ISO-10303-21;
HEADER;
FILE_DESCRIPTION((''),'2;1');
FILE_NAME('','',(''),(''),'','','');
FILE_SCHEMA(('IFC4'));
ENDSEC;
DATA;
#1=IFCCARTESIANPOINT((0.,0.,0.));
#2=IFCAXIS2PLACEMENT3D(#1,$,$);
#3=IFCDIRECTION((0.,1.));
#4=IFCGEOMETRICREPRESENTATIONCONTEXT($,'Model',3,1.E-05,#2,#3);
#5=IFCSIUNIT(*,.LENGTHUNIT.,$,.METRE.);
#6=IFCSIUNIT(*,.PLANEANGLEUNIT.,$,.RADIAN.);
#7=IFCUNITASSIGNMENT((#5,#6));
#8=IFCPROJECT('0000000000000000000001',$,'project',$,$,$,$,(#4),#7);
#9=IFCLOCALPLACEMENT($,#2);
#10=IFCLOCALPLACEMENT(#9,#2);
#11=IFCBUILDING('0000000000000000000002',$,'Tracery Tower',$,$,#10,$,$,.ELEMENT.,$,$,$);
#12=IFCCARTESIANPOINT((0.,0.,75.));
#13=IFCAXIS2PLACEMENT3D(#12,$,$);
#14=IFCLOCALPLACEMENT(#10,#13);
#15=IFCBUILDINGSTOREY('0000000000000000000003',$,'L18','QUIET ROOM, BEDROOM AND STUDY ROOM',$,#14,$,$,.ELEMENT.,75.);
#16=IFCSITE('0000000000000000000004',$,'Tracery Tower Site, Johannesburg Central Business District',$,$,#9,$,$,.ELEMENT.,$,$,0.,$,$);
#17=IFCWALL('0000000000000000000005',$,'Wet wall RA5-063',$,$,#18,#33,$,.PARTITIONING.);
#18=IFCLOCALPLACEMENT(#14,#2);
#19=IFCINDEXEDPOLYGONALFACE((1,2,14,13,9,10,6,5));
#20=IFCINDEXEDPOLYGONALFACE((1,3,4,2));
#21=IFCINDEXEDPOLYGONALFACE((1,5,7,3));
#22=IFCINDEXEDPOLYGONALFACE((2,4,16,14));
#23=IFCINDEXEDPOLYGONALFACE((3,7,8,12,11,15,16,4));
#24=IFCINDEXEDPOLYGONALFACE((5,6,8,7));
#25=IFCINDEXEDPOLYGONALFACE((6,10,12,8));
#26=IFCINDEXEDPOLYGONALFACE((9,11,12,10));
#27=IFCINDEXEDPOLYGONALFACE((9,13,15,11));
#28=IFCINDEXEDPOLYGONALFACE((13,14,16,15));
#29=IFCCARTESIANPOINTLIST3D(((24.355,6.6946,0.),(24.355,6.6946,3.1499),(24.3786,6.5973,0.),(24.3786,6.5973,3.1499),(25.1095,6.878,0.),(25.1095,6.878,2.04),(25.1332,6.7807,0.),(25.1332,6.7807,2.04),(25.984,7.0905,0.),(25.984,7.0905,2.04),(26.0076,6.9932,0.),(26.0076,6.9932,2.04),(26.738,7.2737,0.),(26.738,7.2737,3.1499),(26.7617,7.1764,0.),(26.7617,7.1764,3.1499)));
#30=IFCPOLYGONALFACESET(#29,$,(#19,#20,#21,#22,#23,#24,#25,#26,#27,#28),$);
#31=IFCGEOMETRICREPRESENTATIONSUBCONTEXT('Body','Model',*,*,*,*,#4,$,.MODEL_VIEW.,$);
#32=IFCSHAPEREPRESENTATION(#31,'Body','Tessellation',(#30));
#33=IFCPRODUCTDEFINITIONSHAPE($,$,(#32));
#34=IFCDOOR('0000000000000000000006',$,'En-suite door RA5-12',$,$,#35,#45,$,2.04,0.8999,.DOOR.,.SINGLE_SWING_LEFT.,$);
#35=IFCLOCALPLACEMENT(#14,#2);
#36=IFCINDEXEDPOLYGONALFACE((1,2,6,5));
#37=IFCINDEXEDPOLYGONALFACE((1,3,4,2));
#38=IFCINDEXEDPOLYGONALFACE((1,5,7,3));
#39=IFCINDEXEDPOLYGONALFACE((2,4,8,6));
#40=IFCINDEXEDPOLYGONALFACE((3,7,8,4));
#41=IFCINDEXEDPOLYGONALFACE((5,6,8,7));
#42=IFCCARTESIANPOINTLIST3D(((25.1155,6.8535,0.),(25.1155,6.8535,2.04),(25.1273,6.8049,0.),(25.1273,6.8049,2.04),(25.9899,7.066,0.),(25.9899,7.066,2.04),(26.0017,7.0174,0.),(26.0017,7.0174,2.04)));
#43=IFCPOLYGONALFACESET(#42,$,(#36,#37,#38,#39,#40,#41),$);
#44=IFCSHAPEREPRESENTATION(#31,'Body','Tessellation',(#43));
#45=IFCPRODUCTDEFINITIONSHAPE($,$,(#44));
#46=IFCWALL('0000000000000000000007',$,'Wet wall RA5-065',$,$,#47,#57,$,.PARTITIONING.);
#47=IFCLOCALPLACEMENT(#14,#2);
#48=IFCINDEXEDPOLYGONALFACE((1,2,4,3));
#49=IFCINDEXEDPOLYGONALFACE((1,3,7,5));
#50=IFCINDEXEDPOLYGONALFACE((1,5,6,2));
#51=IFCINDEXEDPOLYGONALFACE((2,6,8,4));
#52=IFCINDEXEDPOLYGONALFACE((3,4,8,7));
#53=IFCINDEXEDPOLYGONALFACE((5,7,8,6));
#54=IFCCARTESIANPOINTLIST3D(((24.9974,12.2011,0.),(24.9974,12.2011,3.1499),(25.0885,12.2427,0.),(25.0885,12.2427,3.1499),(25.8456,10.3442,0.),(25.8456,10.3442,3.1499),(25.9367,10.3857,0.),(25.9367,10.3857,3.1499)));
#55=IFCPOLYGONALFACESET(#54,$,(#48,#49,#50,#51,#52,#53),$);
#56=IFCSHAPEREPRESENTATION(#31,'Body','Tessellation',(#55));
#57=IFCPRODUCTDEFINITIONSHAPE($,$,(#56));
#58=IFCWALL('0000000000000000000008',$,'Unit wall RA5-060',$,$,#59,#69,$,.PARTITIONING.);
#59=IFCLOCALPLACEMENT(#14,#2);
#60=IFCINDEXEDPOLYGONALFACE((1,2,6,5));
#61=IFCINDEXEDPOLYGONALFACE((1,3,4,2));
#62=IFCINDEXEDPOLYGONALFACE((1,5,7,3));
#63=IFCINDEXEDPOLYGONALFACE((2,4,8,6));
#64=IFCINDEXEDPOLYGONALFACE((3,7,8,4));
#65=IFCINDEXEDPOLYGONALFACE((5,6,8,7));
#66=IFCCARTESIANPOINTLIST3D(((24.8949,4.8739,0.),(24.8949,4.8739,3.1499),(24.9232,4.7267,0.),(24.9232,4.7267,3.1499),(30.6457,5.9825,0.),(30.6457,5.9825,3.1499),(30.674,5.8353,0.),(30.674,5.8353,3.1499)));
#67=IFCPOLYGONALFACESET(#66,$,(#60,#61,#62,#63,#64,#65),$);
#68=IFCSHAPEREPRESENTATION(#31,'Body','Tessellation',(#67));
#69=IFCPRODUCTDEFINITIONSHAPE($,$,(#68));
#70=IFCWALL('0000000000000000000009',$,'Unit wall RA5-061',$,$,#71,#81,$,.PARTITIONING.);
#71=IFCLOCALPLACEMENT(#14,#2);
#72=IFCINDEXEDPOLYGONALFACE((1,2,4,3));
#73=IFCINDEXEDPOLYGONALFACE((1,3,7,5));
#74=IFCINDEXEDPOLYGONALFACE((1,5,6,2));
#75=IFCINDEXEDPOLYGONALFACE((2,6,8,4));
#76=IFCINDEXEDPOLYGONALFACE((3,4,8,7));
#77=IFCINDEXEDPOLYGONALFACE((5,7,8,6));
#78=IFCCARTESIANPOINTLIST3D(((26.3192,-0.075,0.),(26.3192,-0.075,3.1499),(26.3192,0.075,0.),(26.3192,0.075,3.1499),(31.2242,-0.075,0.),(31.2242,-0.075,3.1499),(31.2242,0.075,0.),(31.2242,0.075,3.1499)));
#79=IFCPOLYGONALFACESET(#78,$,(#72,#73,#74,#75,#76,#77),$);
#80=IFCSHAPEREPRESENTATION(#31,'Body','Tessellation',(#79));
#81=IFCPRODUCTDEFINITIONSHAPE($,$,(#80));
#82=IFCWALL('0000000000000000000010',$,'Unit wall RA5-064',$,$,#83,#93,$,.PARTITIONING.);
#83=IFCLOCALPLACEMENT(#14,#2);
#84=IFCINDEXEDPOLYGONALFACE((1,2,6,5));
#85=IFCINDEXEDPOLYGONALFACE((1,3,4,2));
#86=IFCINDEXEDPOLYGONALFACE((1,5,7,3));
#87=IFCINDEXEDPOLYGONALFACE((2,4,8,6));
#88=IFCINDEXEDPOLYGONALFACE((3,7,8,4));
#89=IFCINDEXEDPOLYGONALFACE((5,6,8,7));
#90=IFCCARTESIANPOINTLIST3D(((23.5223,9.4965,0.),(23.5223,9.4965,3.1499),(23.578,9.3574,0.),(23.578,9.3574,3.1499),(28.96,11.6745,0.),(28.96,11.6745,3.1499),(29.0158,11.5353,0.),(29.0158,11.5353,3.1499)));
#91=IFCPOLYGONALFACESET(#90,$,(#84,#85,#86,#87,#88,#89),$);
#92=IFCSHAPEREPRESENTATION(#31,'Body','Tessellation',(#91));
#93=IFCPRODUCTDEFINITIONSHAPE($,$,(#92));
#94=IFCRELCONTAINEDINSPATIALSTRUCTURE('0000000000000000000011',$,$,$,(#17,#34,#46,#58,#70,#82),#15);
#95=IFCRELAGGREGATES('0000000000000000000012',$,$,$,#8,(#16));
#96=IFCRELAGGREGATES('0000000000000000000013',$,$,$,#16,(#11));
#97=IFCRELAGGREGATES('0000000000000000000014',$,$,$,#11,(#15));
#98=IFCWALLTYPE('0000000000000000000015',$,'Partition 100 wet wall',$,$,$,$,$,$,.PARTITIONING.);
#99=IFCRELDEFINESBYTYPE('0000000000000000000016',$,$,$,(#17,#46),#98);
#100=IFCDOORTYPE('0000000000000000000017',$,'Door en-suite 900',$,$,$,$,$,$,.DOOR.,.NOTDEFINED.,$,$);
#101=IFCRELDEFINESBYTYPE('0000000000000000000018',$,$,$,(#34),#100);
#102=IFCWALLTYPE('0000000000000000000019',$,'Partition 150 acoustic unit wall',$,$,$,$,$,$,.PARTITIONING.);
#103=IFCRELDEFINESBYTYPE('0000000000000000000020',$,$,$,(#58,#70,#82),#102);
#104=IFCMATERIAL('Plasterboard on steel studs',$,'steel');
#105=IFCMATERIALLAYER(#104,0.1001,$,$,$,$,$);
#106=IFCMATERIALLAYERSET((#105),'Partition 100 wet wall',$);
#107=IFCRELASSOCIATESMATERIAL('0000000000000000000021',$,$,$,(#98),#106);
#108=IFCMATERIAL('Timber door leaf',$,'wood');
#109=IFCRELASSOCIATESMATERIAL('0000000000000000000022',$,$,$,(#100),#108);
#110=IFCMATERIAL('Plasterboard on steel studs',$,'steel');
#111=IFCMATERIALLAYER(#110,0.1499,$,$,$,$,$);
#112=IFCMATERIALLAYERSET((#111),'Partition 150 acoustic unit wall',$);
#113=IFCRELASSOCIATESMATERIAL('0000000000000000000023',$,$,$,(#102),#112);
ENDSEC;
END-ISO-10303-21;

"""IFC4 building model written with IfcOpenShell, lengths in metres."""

from ifc_helpers import new_model, si_unit, direction, frame, frame_2d, origin, place, context, subcontext, project, spatial, rectangle, extrude, material, layer, layer_set, type_object, element, fill, save


model = new_model("IFC4")

# Units and contexts
model_context = context("Model", 3, precision=1e-05, world=origin(), true_north=direction((0.0, 1.0)))
body_context = subcontext(model_context, "Body", "Model", "MODEL_VIEW")
ifc_project = project(units=[si_unit("LENGTHUNIT", "METRE"), si_unit("PLANEANGLEUNIT", "RADIAN")], contexts=[model_context])

# Site, building, storey
site_placement = place(None, origin())
site = spatial("IfcSite", under=ifc_project, at=site_placement, Name="Tracery Tower Site, Johannesburg Central Business District", CompositionType="ELEMENT", RefElevation=0.0)
building_placement = place(site_placement, origin())
building = spatial("IfcBuilding", under=site, at=building_placement, Name="Tracery Tower", CompositionType="ELEMENT")
storey_placement = place(building_placement, frame((0.0, 0.0, 75.0)))
storey = spatial("IfcBuildingStorey", under=building, at=storey_placement, Name="L18", Description="QUIET ROOM, BEDROOM AND STUDY ROOM", CompositionType="ELEMENT", Elevation=75.0)

# Shared definitions
ifc_material_1 = material(Name="Plasterboard on steel studs", Category="steel")
ifc_layer_1 = layer(ifc_material_1, 0.1001)
ifc_layer_set_1 = layer_set([ifc_layer_1], Name="Partition 100 wet wall")
wall_type_1 = type_object("IfcWallType", Name="Partition 100 wet wall", PredefinedType="PARTITIONING", material=ifc_layer_set_1)

# Shared definitions
ifc_material_2 = material(Name="Timber door leaf", Category="wood")
door_type = type_object("IfcDoorType", Name="Door en-suite 900", OperationType="NOTDEFINED", PredefinedType="DOOR", material=ifc_material_2)

# Wall, opening, door
wall_1_placement = place(storey_placement, frame((24.3669, 6.646, 0.0), z_axis=(0.0, 0.0, 1.0), x_axis=(0.97172, 0.236136, 0.0)))
wall_1 = element("IfcWall", 1, at=wall_1_placement, inside=storey, type_object=wall_type_1, Name="Wet wall RA5-063", PredefinedType="PARTITIONING", context=body_context, shape_type="SweptSolid", body=[
    extrude(rectangle(XDim=2.4524, YDim=0.1001, at=frame_2d((1.2261, 0.0))), origin(), (0.0, 0.0, 1.0), 3.1499),
])
opening_1_placement = place(wall_1_placement, frame((0.7764, 0.0, 0.0)))
opening_1 = element("IfcOpeningElement", 2, at=opening_1_placement, cuts=wall_1, PredefinedType="OPENING", context=body_context, shape_type="SweptSolid", body=[
    extrude(rectangle(XDim=0.8999, YDim=2.04, at=frame_2d((0.45, 1.02))), frame((0.0, 0.05, 0.0), z_axis=(0.0, -1.0, 0.0), x_axis=(1.0, 0.0, 0.0)), (0.0, 0.0, 1.0), 0.1001),
])
door_1_placement = place(opening_1_placement, origin())
door_1 = element("IfcDoor", 3, at=door_1_placement, inside=storey, type_object=door_type, Name="En-suite door RA5-12", OperationType="SINGLE_SWING_LEFT", OverallHeight=2.04, OverallWidth=0.8999, PredefinedType="DOOR", context=body_context, shape_type="SweptSolid", body=[
    extrude(rectangle(XDim=0.8999, YDim=2.04, at=frame_2d((0.45, 1.02))), frame((0.0, 0.0249, 0.0), z_axis=(0.0, -1.0, 0.0), x_axis=(1.0, 0.0, 0.0)), (0.0, 0.0, 1.0), 0.05),
])
fill(opening_1, door_1)

# Walls
wall_2_placement = place(storey_placement, frame((25.043, 12.2219, 0.0), z_axis=(0.0, 0.0, 1.0), x_axis=(0.41546, -0.909611, 0.0)))
element("IfcWall", 4, at=wall_2_placement, inside=storey, type_object=wall_type_1, Name="Wet wall RA5-065", PredefinedType="PARTITIONING", context=body_context, shape_type="SweptSolid", body=[
    extrude(rectangle(XDim=2.0415, YDim=0.1001, at=frame_2d((1.0208, 0.0))), origin(), (0.0, 0.0, 1.0), 3.1499),
])
ifc_material_3 = material(Name="Plasterboard on steel studs", Category="steel")
ifc_layer_2 = layer(ifc_material_3, 0.1499)
ifc_layer_set_2 = layer_set([ifc_layer_2], Name="Partition 150 acoustic unit wall")
wall_type_2 = type_object("IfcWallType", Name="Partition 150 acoustic unit wall", PredefinedType="PARTITIONING", material=ifc_layer_set_2)
wall_3_placement = place(storey_placement, frame((24.9092, 4.8003, 0.0), z_axis=(0.0, 0.0, 1.0), x_axis=(0.98192, 0.189297, 0.0)))
element("IfcWall", 5, at=wall_3_placement, inside=storey, type_object=wall_type_2, Name="Unit wall RA5-060", PredefinedType="PARTITIONING", context=body_context, shape_type="SweptSolid", body=[
    extrude(rectangle(XDim=5.8567, YDim=0.1499, at=frame_2d((2.9282, 0.0))), origin(), (0.0, 0.0, 1.0), 3.1499),
])
wall_4_placement = place(storey_placement, frame((26.3191, 0.0, 0.0), z_axis=(0.0, 0.0, 1.0), x_axis=(1.0, 0.0, 0.0)))
element("IfcWall", 6, at=wall_4_placement, inside=storey, type_object=wall_type_2, Name="Unit wall RA5-061", PredefinedType="PARTITIONING", context=body_context, shape_type="SweptSolid", body=[
    extrude(rectangle(XDim=4.905, YDim=0.1499, at=frame_2d((2.4526, 0.0))), origin(), (0.0, 0.0, 1.0), 3.1499),
])
wall_5_placement = place(storey_placement, frame((23.5503, 9.427, 0.0), z_axis=(0.0, 0.0, 1.0), x_axis=(0.928307, 0.371815, 0.0)))
element("IfcWall", 7, at=wall_5_placement, inside=storey, type_object=wall_type_2, Name="Unit wall RA5-064", PredefinedType="PARTITIONING", context=body_context, shape_type="SweptSolid", body=[
    extrude(rectangle(XDim=5.8577, YDim=0.1499, at=frame_2d((2.9287, 0.0))), origin(), (0.0, 0.0, 1.0), 3.1499),
])

save(model, "model.ifc")
